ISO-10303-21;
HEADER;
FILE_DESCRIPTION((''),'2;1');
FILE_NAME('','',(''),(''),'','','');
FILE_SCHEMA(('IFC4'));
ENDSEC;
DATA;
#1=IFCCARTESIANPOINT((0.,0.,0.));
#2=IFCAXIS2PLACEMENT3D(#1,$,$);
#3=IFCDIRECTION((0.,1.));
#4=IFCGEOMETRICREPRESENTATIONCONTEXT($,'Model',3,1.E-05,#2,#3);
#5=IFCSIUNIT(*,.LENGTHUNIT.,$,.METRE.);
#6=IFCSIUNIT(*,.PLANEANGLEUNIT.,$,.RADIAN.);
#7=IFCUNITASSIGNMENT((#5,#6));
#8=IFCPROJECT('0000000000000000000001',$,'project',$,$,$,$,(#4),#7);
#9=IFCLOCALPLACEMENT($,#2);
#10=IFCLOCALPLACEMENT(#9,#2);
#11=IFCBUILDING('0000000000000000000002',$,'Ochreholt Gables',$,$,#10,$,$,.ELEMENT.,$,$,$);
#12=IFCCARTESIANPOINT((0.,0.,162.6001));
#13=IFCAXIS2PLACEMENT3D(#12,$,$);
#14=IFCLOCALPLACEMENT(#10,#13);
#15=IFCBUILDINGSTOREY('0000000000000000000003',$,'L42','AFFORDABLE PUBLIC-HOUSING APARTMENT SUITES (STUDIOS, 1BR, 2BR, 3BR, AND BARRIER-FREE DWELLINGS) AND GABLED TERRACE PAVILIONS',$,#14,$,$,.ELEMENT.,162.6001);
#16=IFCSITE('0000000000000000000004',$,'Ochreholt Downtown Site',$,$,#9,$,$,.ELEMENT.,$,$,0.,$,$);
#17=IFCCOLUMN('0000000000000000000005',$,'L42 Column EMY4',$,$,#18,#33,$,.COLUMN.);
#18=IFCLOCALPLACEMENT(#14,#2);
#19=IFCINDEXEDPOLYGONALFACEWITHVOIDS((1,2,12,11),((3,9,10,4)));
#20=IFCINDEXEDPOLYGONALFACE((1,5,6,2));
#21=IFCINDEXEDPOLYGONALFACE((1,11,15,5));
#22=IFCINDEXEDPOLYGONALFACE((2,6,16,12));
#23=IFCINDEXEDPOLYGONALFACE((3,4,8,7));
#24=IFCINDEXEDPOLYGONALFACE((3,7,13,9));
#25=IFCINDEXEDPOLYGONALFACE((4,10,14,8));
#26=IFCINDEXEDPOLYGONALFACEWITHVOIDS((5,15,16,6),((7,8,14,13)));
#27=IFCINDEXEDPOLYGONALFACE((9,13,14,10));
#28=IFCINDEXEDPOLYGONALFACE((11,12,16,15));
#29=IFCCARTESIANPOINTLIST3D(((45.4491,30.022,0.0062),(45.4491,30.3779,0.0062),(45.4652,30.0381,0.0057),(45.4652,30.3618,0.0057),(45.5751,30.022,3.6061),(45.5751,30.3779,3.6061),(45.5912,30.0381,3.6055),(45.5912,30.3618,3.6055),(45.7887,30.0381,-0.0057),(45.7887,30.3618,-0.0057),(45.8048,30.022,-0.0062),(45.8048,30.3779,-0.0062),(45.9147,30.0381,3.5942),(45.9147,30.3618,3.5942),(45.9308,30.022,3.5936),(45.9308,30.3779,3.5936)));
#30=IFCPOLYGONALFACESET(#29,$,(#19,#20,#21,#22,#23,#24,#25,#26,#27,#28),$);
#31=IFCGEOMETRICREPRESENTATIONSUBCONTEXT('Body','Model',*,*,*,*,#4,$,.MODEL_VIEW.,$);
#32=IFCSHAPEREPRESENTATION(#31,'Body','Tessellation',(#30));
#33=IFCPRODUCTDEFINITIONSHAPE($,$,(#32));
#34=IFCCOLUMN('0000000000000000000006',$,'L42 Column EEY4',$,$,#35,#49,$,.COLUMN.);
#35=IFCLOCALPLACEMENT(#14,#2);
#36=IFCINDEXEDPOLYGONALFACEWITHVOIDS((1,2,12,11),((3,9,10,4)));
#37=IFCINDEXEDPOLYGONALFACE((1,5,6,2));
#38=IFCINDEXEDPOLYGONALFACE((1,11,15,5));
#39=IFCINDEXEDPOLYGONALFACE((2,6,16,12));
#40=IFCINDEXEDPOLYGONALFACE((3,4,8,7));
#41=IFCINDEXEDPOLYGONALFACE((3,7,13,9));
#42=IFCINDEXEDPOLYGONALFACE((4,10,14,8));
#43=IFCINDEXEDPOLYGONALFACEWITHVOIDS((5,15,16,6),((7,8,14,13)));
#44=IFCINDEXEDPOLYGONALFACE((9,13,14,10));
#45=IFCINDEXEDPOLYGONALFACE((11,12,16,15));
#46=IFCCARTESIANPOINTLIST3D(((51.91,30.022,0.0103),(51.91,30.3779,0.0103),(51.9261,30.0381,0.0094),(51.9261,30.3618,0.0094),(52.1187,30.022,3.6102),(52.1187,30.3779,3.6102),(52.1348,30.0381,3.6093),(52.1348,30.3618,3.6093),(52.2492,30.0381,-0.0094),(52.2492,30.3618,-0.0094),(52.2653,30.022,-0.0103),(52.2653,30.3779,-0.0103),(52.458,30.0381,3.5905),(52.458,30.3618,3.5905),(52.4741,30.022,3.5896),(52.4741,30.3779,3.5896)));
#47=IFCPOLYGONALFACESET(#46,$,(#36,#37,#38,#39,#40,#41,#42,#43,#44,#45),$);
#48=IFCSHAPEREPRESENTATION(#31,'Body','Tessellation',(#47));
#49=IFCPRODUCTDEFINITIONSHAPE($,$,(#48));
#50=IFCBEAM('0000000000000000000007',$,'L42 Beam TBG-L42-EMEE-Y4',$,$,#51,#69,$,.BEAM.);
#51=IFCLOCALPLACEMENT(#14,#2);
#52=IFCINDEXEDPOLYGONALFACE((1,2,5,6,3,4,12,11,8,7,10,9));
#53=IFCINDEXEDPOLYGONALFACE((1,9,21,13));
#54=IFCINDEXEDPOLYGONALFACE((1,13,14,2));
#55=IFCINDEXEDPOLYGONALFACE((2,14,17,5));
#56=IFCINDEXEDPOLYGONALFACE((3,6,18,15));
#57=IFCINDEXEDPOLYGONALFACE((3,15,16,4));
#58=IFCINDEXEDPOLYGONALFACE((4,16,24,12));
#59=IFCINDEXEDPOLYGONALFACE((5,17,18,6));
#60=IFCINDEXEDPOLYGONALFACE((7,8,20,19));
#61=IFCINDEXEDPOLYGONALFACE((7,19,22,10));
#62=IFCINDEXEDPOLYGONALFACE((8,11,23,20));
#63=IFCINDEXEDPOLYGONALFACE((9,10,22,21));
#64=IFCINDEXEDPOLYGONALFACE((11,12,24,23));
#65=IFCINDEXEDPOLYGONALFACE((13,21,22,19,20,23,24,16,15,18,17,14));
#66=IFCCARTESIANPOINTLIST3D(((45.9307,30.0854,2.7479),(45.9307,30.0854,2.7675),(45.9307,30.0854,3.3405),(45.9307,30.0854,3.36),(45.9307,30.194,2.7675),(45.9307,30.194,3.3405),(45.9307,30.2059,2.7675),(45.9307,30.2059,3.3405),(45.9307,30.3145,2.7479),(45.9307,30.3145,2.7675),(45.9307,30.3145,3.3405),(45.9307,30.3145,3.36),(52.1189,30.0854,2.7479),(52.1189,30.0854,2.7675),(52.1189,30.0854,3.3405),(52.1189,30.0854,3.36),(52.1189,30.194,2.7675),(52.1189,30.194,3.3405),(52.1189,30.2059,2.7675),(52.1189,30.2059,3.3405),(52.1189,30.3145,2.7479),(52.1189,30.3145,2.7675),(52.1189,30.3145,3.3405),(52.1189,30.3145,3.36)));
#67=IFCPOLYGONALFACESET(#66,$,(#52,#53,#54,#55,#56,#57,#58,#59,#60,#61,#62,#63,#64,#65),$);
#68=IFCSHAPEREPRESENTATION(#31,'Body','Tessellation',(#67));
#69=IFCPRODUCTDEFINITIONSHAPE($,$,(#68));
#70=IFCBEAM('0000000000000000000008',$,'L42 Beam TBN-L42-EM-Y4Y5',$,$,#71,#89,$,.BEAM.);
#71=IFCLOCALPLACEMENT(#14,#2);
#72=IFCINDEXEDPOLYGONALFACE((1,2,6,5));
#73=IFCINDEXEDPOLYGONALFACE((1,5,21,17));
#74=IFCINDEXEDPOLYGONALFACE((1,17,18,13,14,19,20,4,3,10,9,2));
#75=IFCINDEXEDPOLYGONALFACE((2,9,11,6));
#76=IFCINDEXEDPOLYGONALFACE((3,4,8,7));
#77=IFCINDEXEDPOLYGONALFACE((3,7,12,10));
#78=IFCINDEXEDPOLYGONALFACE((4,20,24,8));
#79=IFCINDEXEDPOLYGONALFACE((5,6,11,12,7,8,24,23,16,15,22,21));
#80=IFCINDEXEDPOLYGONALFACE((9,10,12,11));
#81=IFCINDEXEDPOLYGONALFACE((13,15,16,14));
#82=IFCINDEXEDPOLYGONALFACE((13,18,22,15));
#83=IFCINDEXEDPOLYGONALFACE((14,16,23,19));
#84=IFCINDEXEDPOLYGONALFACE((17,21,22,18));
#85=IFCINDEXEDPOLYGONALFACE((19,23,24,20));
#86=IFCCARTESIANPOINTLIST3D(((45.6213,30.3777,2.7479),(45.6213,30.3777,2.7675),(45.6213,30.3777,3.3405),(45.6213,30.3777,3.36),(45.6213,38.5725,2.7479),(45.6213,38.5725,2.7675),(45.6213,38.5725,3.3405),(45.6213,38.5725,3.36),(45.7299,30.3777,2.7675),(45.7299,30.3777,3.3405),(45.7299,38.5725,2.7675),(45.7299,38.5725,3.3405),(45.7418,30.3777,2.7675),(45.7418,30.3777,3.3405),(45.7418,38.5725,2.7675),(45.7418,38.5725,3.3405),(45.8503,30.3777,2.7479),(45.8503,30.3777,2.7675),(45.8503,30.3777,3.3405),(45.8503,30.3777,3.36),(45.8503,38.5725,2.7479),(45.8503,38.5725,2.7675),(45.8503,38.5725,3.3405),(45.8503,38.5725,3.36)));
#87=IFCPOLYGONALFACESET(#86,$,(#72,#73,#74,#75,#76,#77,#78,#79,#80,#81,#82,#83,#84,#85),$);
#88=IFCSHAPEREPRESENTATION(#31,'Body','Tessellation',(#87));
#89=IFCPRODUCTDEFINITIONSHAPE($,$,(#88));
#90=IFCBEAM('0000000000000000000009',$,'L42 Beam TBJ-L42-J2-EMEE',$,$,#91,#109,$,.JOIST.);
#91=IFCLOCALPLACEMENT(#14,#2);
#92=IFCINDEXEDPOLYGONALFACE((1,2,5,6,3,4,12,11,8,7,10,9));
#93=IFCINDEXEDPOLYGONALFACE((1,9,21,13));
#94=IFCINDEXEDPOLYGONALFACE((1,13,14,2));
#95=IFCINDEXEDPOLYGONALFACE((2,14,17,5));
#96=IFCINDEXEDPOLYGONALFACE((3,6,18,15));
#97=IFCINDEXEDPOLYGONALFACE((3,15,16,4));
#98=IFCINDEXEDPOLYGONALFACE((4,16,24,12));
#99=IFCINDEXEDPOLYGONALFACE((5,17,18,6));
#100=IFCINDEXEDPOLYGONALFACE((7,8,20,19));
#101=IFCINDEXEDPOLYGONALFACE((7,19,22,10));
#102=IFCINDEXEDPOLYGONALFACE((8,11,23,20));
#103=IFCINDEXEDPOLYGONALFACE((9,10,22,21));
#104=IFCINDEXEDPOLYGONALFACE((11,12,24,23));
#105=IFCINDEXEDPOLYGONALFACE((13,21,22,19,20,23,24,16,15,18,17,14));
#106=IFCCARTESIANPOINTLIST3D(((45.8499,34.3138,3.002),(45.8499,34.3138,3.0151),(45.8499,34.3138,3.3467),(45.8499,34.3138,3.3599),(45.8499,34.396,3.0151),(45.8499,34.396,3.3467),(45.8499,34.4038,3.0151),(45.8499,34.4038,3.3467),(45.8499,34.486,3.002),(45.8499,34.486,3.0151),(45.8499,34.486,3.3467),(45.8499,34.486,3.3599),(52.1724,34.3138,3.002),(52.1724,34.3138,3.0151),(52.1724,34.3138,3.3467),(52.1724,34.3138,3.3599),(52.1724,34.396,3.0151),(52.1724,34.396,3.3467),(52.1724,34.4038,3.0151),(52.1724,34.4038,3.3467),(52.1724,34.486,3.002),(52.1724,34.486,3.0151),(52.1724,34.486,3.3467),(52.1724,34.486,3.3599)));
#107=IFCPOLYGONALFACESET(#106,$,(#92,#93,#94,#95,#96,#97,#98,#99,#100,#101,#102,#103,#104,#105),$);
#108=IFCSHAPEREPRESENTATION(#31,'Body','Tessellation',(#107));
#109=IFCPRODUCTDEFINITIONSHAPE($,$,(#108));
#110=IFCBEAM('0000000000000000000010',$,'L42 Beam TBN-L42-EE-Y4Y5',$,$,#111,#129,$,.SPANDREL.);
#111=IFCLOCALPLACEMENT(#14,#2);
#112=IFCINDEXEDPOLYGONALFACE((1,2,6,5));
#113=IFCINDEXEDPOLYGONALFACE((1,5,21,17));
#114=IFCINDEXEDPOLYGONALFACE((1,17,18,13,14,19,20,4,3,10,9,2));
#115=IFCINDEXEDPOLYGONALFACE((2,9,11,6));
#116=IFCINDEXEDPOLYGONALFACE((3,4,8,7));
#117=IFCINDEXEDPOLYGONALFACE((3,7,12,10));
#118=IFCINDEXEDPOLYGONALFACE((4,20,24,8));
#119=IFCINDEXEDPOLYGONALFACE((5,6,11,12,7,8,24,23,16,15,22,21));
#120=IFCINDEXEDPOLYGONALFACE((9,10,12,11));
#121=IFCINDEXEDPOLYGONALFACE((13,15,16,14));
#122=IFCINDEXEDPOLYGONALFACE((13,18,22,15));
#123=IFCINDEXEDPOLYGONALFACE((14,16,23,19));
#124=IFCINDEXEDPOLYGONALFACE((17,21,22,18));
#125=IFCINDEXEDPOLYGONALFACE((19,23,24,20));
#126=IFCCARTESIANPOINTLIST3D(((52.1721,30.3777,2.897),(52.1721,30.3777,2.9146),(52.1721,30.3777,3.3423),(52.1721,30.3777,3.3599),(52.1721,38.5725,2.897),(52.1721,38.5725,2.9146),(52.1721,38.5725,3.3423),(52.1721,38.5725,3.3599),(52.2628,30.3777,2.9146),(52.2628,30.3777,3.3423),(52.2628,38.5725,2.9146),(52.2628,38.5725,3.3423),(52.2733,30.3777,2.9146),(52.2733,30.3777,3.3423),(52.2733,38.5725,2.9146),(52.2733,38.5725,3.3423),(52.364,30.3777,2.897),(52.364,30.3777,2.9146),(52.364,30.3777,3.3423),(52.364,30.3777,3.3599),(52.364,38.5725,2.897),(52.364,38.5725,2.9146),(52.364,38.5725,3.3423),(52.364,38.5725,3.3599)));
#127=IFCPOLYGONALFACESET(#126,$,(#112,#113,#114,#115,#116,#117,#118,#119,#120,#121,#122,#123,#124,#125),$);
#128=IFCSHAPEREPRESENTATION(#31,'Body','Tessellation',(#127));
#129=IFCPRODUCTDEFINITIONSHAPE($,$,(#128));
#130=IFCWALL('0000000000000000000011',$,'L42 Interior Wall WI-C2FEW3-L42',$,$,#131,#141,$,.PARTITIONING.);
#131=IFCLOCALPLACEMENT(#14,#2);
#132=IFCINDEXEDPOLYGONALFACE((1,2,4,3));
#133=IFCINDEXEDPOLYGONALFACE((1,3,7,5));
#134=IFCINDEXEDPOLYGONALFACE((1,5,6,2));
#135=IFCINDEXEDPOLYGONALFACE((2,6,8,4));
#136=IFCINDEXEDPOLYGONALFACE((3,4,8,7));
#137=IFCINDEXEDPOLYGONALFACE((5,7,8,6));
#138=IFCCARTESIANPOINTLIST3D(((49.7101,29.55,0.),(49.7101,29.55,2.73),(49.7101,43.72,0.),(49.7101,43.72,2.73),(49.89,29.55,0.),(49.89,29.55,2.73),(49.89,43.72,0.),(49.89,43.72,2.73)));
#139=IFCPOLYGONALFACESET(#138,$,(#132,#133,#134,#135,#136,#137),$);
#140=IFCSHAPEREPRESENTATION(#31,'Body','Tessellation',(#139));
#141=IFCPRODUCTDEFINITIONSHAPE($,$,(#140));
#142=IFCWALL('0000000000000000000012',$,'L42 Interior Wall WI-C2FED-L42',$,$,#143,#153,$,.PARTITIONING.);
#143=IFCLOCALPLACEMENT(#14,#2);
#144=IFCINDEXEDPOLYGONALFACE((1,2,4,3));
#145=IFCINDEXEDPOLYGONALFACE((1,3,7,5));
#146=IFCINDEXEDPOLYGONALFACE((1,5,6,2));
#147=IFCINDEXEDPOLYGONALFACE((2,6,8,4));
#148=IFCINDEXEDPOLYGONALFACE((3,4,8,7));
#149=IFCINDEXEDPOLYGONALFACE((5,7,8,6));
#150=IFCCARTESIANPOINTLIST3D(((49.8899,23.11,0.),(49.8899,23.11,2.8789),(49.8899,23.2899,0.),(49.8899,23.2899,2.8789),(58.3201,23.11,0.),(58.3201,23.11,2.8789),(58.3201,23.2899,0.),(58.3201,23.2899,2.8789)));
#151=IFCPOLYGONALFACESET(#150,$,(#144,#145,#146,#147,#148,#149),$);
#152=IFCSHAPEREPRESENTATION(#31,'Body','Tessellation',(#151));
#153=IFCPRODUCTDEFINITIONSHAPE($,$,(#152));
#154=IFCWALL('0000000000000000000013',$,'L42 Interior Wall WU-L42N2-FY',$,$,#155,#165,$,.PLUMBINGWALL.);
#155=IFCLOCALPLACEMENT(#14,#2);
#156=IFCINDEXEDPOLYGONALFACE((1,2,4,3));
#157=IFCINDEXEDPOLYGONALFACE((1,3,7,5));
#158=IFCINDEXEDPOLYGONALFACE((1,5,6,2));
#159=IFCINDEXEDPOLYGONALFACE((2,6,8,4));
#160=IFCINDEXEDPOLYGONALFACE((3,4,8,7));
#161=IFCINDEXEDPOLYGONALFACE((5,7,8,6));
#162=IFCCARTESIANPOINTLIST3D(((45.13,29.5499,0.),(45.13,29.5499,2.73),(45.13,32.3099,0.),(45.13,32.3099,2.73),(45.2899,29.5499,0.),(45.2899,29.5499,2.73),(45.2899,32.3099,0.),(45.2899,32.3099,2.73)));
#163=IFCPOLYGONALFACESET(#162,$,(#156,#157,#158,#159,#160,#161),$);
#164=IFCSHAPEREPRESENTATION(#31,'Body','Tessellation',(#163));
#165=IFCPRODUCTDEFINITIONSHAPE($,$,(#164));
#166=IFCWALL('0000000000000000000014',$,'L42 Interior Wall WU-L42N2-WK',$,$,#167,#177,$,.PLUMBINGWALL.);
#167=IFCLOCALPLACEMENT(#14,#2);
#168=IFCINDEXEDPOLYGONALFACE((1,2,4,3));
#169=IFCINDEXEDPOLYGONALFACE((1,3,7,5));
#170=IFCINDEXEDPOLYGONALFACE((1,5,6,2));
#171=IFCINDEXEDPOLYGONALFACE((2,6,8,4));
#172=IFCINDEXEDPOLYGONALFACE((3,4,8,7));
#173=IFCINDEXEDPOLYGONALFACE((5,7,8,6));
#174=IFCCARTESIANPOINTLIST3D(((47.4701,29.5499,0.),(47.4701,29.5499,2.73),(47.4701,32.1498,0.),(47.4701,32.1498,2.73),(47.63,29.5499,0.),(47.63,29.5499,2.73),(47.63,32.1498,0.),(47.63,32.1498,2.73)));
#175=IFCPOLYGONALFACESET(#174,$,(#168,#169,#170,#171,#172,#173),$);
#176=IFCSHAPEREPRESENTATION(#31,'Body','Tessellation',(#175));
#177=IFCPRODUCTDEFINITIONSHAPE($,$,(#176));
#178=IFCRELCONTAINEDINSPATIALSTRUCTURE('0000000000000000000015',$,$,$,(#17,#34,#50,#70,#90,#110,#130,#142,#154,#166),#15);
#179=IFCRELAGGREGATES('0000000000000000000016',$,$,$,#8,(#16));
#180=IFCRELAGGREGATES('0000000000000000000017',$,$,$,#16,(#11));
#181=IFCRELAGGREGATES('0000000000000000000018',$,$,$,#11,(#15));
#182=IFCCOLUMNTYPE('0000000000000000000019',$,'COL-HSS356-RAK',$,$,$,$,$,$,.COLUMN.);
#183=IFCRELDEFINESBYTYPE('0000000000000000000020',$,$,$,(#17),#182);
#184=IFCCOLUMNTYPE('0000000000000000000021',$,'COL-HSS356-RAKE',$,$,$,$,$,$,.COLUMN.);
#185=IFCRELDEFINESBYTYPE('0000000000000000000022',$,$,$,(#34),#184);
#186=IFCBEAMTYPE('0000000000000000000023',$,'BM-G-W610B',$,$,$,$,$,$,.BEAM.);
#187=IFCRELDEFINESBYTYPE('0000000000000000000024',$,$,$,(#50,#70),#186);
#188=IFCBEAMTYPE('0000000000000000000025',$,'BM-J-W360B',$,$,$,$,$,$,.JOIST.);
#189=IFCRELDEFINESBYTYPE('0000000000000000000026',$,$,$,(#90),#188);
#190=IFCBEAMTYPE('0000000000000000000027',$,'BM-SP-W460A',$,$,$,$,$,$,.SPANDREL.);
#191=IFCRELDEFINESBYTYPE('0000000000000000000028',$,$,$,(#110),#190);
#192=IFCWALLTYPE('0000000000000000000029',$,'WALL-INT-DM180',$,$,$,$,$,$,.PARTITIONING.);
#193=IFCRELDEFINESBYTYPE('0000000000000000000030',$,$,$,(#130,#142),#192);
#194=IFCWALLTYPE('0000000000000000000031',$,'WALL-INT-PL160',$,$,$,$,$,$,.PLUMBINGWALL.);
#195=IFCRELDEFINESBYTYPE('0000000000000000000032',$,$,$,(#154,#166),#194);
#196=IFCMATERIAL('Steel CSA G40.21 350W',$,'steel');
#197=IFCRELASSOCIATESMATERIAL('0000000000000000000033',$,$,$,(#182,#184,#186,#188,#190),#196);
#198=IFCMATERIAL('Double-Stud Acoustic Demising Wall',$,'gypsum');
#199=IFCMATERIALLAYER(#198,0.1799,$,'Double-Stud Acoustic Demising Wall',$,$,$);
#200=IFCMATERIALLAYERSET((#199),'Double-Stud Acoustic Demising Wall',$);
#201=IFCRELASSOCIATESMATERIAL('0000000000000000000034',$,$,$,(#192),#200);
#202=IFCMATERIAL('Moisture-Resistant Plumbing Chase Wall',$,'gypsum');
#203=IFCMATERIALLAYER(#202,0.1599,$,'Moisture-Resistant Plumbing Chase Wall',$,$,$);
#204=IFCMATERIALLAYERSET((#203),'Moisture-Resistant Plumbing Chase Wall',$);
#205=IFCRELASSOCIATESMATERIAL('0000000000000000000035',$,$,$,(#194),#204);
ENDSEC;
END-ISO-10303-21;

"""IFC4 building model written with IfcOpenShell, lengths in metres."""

from ifc_helpers import new_model, si_unit, direction, frame, frame_2d, origin, origin_2d, place, context, subcontext, project, spatial, rectangle, hollow_rectangle, i_section, extrude, material, layer, layer_set, material_profile, profile_set, type_object, element, save


model = new_model("IFC4")

# Units and contexts
model_context = context("Model", 3, precision=1e-05, world=origin(), true_north=direction((0.0, 1.0)))
body_context = subcontext(model_context, "Body", "Model", "MODEL_VIEW")
ifc_project = project(units=[si_unit("LENGTHUNIT", "METRE"), si_unit("PLANEANGLEUNIT", "RADIAN")], contexts=[model_context])

# Site, building, storey
site_placement = place(None, origin())
site = spatial("IfcSite", under=ifc_project, at=site_placement, Name="Ochreholt Downtown Site", CompositionType="ELEMENT", RefElevation=0.0)
building_placement = place(site_placement, origin())
building = spatial("IfcBuilding", under=site, at=building_placement, Name="Ochreholt Gables", CompositionType="ELEMENT")
storey_placement = place(building_placement, frame((0.0, 0.0, 162.6001)))
storey = spatial("IfcBuildingStorey", under=building, at=storey_placement, Name="L42", Description="AFFORDABLE PUBLIC-HOUSING APARTMENT SUITES (STUDIOS, 1BR, 2BR, 3BR, AND BARRIER-FREE DWELLINGS) AND GABLED TERRACE PAVILIONS", CompositionType="ELEMENT", Elevation=162.6001)

# Columns
ifc_material_1 = material(Name="Steel CSA G40.21 350W", Category="steel")
ifc_material_profile_1 = material_profile(ifc_material_1, hollow_rectangle(XDim=0.356, YDim=0.356, WallThickness=0.0161, at=origin_2d()), Name="HSS356X356X16")
ifc_profile_set_1 = profile_set([ifc_material_profile_1], Name="Steel CSA G40.21 350W")
column_type_1 = type_object("IfcColumnType", Name="COL-HSS356-RAK", PredefinedType="COLUMN", material=ifc_profile_set_1)
column_1_placement = place(storey_placement, frame((45.627, 30.2, 0.0), z_axis=(0.034974, 0.0, 0.999388), x_axis=(0.0, 1.0, 0.0)))
element("IfcColumn", 1, at=column_1_placement, inside=storey, type_object=column_type_1, Name="L42 Column EMY4", PredefinedType="COLUMN", context=body_context, shape_type="SweptSolid", body=[
    extrude(hollow_rectangle(XDim=0.356, YDim=0.356, WallThickness=0.0161, at=origin_2d()), origin(), (0.0, 0.0, 1.0), 3.6021),
])
ifc_material_profile_2 = material_profile(ifc_material_1, hollow_rectangle(XDim=0.356, YDim=0.356, WallThickness=0.0161, at=origin_2d()), Name="HSS356X356X16")
ifc_profile_set_2 = profile_set([ifc_material_profile_2], Name="Steel CSA G40.21 350W")
column_type_2 = type_object("IfcColumnType", Name="COL-HSS356-RAKE", PredefinedType="COLUMN", material=ifc_profile_set_2)
column_2_placement = place(storey_placement, frame((52.0876, 30.2, 0.0), z_axis=(0.057889, 0.0, 0.998323), x_axis=(0.0, 1.0, 0.0)))
element("IfcColumn", 2, at=column_2_placement, inside=storey, type_object=column_type_2, Name="L42 Column EEY4", PredefinedType="COLUMN", context=body_context, shape_type="SweptSolid", body=[
    extrude(hollow_rectangle(XDim=0.356, YDim=0.356, WallThickness=0.0161, at=origin_2d()), origin(), (0.0, 0.0, 1.0), 3.606),
])

# Beams
ifc_material_profile_3 = material_profile(ifc_material_1, i_section(OverallWidth=0.229, OverallDepth=0.6121, WebThickness=0.012, FlangeThickness=0.0195, at=origin_2d()), Name="W610X125")
ifc_profile_set_3 = profile_set([ifc_material_profile_3], Name="Steel CSA G40.21 350W")
beam_type_1 = type_object("IfcBeamType", Name="BM-G-W610B", PredefinedType="BEAM", material=ifc_profile_set_3)
beam_1_placement = place(storey_placement, frame((45.9307, 30.2, 3.054), z_axis=(1.0, 0.0, 0.0), x_axis=(0.0, 1.0, 0.0)))
element("IfcBeam", 3, at=beam_1_placement, inside=storey, type_object=beam_type_1, Name="L42 Beam TBG-L42-EMEE-Y4", PredefinedType="BEAM", context=body_context, shape_type="SweptSolid", body=[
    extrude(i_section(OverallWidth=0.229, OverallDepth=0.6121, WebThickness=0.012, FlangeThickness=0.0195, at=origin_2d()), origin(), (0.0, 0.0, 1.0), 6.1882),
])
beam_2_placement = place(storey_placement, frame((45.7358, 30.3777, 3.054), z_axis=(0.0, 1.0, 0.0), x_axis=(-1.0, 0.0, 0.0)))
element("IfcBeam", 4, at=beam_2_placement, inside=storey, type_object=beam_type_1, Name="L42 Beam TBN-L42-EM-Y4Y5", PredefinedType="BEAM", context=body_context, shape_type="SweptSolid", body=[
    extrude(i_section(OverallWidth=0.229, OverallDepth=0.6121, WebThickness=0.012, FlangeThickness=0.0195, at=origin_2d()), origin(), (0.0, 0.0, 1.0), 8.1948),
])
ifc_material_profile_4 = material_profile(ifc_material_1, i_section(OverallWidth=0.1721, OverallDepth=0.3579, WebThickness=0.0078, FlangeThickness=0.0132, at=origin_2d()), Name="W360X57")
ifc_profile_set_4 = profile_set([ifc_material_profile_4], Name="Steel CSA G40.21 350W")
beam_type_2 = type_object("IfcBeamType", Name="BM-J-W360B", PredefinedType="JOIST", material=ifc_profile_set_4)
beam_3_placement = place(storey_placement, frame((45.8499, 34.3999, 3.1809), z_axis=(1.0, 0.0, 0.0), x_axis=(0.0, 1.0, 0.0)))
element("IfcBeam", 5, at=beam_3_placement, inside=storey, type_object=beam_type_2, Name="L42 Beam TBJ-L42-J2-EMEE", PredefinedType="JOIST", context=body_context, shape_type="SweptSolid", body=[
    extrude(i_section(OverallWidth=0.1721, OverallDepth=0.3579, WebThickness=0.0078, FlangeThickness=0.0132, at=origin_2d()), origin(), (0.0, 0.0, 1.0), 6.3225),
])
ifc_material_profile_5 = material_profile(ifc_material_1, i_section(OverallWidth=0.1919, OverallDepth=0.4629, WebThickness=0.0105, FlangeThickness=0.0176, at=origin_2d()), Name="W460X89")
ifc_profile_set_5 = profile_set([ifc_material_profile_5], Name="Steel CSA G40.21 350W")
beam_type_3 = type_object("IfcBeamType", Name="BM-SP-W460A", PredefinedType="SPANDREL", material=ifc_profile_set_5)
beam_4_placement = place(storey_placement, frame((52.2681, 30.3777, 3.1284), z_axis=(0.0, 1.0, 0.0), x_axis=(-1.0, 0.0, 0.0)))
element("IfcBeam", 6, at=beam_4_placement, inside=storey, type_object=beam_type_3, Name="L42 Beam TBN-L42-EE-Y4Y5", PredefinedType="SPANDREL", context=body_context, shape_type="SweptSolid", body=[
    extrude(i_section(OverallWidth=0.1919, OverallDepth=0.4629, WebThickness=0.0105, FlangeThickness=0.0176, at=origin_2d()), origin(), (0.0, 0.0, 1.0), 8.1948),
])

# Walls
ifc_material_2 = material(Name="Double-Stud Acoustic Demising Wall", Category="gypsum")
ifc_layer_1 = layer(ifc_material_2, 0.1799, Name="Double-Stud Acoustic Demising Wall")
ifc_layer_set_1 = layer_set([ifc_layer_1], Name="Double-Stud Acoustic Demising Wall")
wall_type_1 = type_object("IfcWallType", Name="WALL-INT-DM180", PredefinedType="PARTITIONING", material=ifc_layer_set_1)
wall_1_placement = place(storey_placement, frame((49.8, 29.55, 0.0), z_axis=(0.0, 0.0, 1.0), x_axis=(0.0, 1.0, 0.0)))
element("IfcWall", 7, at=wall_1_placement, inside=storey, type_object=wall_type_1, Name="L42 Interior Wall WI-C2FEW3-L42", PredefinedType="PARTITIONING", context=body_context, shape_type="SweptSolid", body=[
    extrude(rectangle(XDim=14.1699, YDim=0.1799, at=frame_2d((7.085, 0.0))), origin(), (0.0, 0.0, 1.0), 2.73),
])
wall_2_placement = place(storey_placement, frame((49.8899, 23.2, 0.0), z_axis=(0.0, 0.0, 1.0), x_axis=(1.0, 0.0, 0.0)))
element("IfcWall", 8, at=wall_2_placement, inside=storey, type_object=wall_type_1, Name="L42 Interior Wall WI-C2FED-L42", PredefinedType="PARTITIONING", context=body_context, shape_type="SweptSolid", body=[
    extrude(rectangle(XDim=8.4302, YDim=0.1799, at=frame_2d((4.2151, 0.0))), origin(), (0.0, 0.0, 1.0), 2.8789),
])
ifc_material_3 = material(Name="Moisture-Resistant Plumbing Chase Wall", Category="gypsum")
ifc_layer_2 = layer(ifc_material_3, 0.1599, Name="Moisture-Resistant Plumbing Chase Wall")
ifc_layer_set_2 = layer_set([ifc_layer_2], Name="Moisture-Resistant Plumbing Chase Wall")
wall_type_2 = type_object("IfcWallType", Name="WALL-INT-PL160", PredefinedType="PLUMBINGWALL", material=ifc_layer_set_2)
wall_3_placement = place(storey_placement, frame((45.21, 29.55, 0.0), z_axis=(0.0, 0.0, 1.0), x_axis=(0.0, 1.0, 0.0)))
element("IfcWall", 9, at=wall_3_placement, inside=storey, type_object=wall_type_2, Name="L42 Interior Wall WU-L42N2-FY", PredefinedType="PLUMBINGWALL", context=body_context, shape_type="SweptSolid", body=[
    extrude(rectangle(XDim=2.76, YDim=0.1599, at=frame_2d((1.3799, 0.0))), origin(), (0.0, 0.0, 1.0), 2.73),
])
wall_4_placement = place(storey_placement, frame((47.55, 29.55, 0.0), z_axis=(0.0, 0.0, 1.0), x_axis=(0.0, 1.0, 0.0)))
element("IfcWall", 10, at=wall_4_placement, inside=storey, type_object=wall_type_2, Name="L42 Interior Wall WU-L42N2-WK", PredefinedType="PLUMBINGWALL", context=body_context, shape_type="SweptSolid", body=[
    extrude(rectangle(XDim=2.5999, YDim=0.1599, at=frame_2d((1.2998, 0.0))), origin(), (0.0, 0.0, 1.0), 2.73),
])

save(model, "model.ifc")
